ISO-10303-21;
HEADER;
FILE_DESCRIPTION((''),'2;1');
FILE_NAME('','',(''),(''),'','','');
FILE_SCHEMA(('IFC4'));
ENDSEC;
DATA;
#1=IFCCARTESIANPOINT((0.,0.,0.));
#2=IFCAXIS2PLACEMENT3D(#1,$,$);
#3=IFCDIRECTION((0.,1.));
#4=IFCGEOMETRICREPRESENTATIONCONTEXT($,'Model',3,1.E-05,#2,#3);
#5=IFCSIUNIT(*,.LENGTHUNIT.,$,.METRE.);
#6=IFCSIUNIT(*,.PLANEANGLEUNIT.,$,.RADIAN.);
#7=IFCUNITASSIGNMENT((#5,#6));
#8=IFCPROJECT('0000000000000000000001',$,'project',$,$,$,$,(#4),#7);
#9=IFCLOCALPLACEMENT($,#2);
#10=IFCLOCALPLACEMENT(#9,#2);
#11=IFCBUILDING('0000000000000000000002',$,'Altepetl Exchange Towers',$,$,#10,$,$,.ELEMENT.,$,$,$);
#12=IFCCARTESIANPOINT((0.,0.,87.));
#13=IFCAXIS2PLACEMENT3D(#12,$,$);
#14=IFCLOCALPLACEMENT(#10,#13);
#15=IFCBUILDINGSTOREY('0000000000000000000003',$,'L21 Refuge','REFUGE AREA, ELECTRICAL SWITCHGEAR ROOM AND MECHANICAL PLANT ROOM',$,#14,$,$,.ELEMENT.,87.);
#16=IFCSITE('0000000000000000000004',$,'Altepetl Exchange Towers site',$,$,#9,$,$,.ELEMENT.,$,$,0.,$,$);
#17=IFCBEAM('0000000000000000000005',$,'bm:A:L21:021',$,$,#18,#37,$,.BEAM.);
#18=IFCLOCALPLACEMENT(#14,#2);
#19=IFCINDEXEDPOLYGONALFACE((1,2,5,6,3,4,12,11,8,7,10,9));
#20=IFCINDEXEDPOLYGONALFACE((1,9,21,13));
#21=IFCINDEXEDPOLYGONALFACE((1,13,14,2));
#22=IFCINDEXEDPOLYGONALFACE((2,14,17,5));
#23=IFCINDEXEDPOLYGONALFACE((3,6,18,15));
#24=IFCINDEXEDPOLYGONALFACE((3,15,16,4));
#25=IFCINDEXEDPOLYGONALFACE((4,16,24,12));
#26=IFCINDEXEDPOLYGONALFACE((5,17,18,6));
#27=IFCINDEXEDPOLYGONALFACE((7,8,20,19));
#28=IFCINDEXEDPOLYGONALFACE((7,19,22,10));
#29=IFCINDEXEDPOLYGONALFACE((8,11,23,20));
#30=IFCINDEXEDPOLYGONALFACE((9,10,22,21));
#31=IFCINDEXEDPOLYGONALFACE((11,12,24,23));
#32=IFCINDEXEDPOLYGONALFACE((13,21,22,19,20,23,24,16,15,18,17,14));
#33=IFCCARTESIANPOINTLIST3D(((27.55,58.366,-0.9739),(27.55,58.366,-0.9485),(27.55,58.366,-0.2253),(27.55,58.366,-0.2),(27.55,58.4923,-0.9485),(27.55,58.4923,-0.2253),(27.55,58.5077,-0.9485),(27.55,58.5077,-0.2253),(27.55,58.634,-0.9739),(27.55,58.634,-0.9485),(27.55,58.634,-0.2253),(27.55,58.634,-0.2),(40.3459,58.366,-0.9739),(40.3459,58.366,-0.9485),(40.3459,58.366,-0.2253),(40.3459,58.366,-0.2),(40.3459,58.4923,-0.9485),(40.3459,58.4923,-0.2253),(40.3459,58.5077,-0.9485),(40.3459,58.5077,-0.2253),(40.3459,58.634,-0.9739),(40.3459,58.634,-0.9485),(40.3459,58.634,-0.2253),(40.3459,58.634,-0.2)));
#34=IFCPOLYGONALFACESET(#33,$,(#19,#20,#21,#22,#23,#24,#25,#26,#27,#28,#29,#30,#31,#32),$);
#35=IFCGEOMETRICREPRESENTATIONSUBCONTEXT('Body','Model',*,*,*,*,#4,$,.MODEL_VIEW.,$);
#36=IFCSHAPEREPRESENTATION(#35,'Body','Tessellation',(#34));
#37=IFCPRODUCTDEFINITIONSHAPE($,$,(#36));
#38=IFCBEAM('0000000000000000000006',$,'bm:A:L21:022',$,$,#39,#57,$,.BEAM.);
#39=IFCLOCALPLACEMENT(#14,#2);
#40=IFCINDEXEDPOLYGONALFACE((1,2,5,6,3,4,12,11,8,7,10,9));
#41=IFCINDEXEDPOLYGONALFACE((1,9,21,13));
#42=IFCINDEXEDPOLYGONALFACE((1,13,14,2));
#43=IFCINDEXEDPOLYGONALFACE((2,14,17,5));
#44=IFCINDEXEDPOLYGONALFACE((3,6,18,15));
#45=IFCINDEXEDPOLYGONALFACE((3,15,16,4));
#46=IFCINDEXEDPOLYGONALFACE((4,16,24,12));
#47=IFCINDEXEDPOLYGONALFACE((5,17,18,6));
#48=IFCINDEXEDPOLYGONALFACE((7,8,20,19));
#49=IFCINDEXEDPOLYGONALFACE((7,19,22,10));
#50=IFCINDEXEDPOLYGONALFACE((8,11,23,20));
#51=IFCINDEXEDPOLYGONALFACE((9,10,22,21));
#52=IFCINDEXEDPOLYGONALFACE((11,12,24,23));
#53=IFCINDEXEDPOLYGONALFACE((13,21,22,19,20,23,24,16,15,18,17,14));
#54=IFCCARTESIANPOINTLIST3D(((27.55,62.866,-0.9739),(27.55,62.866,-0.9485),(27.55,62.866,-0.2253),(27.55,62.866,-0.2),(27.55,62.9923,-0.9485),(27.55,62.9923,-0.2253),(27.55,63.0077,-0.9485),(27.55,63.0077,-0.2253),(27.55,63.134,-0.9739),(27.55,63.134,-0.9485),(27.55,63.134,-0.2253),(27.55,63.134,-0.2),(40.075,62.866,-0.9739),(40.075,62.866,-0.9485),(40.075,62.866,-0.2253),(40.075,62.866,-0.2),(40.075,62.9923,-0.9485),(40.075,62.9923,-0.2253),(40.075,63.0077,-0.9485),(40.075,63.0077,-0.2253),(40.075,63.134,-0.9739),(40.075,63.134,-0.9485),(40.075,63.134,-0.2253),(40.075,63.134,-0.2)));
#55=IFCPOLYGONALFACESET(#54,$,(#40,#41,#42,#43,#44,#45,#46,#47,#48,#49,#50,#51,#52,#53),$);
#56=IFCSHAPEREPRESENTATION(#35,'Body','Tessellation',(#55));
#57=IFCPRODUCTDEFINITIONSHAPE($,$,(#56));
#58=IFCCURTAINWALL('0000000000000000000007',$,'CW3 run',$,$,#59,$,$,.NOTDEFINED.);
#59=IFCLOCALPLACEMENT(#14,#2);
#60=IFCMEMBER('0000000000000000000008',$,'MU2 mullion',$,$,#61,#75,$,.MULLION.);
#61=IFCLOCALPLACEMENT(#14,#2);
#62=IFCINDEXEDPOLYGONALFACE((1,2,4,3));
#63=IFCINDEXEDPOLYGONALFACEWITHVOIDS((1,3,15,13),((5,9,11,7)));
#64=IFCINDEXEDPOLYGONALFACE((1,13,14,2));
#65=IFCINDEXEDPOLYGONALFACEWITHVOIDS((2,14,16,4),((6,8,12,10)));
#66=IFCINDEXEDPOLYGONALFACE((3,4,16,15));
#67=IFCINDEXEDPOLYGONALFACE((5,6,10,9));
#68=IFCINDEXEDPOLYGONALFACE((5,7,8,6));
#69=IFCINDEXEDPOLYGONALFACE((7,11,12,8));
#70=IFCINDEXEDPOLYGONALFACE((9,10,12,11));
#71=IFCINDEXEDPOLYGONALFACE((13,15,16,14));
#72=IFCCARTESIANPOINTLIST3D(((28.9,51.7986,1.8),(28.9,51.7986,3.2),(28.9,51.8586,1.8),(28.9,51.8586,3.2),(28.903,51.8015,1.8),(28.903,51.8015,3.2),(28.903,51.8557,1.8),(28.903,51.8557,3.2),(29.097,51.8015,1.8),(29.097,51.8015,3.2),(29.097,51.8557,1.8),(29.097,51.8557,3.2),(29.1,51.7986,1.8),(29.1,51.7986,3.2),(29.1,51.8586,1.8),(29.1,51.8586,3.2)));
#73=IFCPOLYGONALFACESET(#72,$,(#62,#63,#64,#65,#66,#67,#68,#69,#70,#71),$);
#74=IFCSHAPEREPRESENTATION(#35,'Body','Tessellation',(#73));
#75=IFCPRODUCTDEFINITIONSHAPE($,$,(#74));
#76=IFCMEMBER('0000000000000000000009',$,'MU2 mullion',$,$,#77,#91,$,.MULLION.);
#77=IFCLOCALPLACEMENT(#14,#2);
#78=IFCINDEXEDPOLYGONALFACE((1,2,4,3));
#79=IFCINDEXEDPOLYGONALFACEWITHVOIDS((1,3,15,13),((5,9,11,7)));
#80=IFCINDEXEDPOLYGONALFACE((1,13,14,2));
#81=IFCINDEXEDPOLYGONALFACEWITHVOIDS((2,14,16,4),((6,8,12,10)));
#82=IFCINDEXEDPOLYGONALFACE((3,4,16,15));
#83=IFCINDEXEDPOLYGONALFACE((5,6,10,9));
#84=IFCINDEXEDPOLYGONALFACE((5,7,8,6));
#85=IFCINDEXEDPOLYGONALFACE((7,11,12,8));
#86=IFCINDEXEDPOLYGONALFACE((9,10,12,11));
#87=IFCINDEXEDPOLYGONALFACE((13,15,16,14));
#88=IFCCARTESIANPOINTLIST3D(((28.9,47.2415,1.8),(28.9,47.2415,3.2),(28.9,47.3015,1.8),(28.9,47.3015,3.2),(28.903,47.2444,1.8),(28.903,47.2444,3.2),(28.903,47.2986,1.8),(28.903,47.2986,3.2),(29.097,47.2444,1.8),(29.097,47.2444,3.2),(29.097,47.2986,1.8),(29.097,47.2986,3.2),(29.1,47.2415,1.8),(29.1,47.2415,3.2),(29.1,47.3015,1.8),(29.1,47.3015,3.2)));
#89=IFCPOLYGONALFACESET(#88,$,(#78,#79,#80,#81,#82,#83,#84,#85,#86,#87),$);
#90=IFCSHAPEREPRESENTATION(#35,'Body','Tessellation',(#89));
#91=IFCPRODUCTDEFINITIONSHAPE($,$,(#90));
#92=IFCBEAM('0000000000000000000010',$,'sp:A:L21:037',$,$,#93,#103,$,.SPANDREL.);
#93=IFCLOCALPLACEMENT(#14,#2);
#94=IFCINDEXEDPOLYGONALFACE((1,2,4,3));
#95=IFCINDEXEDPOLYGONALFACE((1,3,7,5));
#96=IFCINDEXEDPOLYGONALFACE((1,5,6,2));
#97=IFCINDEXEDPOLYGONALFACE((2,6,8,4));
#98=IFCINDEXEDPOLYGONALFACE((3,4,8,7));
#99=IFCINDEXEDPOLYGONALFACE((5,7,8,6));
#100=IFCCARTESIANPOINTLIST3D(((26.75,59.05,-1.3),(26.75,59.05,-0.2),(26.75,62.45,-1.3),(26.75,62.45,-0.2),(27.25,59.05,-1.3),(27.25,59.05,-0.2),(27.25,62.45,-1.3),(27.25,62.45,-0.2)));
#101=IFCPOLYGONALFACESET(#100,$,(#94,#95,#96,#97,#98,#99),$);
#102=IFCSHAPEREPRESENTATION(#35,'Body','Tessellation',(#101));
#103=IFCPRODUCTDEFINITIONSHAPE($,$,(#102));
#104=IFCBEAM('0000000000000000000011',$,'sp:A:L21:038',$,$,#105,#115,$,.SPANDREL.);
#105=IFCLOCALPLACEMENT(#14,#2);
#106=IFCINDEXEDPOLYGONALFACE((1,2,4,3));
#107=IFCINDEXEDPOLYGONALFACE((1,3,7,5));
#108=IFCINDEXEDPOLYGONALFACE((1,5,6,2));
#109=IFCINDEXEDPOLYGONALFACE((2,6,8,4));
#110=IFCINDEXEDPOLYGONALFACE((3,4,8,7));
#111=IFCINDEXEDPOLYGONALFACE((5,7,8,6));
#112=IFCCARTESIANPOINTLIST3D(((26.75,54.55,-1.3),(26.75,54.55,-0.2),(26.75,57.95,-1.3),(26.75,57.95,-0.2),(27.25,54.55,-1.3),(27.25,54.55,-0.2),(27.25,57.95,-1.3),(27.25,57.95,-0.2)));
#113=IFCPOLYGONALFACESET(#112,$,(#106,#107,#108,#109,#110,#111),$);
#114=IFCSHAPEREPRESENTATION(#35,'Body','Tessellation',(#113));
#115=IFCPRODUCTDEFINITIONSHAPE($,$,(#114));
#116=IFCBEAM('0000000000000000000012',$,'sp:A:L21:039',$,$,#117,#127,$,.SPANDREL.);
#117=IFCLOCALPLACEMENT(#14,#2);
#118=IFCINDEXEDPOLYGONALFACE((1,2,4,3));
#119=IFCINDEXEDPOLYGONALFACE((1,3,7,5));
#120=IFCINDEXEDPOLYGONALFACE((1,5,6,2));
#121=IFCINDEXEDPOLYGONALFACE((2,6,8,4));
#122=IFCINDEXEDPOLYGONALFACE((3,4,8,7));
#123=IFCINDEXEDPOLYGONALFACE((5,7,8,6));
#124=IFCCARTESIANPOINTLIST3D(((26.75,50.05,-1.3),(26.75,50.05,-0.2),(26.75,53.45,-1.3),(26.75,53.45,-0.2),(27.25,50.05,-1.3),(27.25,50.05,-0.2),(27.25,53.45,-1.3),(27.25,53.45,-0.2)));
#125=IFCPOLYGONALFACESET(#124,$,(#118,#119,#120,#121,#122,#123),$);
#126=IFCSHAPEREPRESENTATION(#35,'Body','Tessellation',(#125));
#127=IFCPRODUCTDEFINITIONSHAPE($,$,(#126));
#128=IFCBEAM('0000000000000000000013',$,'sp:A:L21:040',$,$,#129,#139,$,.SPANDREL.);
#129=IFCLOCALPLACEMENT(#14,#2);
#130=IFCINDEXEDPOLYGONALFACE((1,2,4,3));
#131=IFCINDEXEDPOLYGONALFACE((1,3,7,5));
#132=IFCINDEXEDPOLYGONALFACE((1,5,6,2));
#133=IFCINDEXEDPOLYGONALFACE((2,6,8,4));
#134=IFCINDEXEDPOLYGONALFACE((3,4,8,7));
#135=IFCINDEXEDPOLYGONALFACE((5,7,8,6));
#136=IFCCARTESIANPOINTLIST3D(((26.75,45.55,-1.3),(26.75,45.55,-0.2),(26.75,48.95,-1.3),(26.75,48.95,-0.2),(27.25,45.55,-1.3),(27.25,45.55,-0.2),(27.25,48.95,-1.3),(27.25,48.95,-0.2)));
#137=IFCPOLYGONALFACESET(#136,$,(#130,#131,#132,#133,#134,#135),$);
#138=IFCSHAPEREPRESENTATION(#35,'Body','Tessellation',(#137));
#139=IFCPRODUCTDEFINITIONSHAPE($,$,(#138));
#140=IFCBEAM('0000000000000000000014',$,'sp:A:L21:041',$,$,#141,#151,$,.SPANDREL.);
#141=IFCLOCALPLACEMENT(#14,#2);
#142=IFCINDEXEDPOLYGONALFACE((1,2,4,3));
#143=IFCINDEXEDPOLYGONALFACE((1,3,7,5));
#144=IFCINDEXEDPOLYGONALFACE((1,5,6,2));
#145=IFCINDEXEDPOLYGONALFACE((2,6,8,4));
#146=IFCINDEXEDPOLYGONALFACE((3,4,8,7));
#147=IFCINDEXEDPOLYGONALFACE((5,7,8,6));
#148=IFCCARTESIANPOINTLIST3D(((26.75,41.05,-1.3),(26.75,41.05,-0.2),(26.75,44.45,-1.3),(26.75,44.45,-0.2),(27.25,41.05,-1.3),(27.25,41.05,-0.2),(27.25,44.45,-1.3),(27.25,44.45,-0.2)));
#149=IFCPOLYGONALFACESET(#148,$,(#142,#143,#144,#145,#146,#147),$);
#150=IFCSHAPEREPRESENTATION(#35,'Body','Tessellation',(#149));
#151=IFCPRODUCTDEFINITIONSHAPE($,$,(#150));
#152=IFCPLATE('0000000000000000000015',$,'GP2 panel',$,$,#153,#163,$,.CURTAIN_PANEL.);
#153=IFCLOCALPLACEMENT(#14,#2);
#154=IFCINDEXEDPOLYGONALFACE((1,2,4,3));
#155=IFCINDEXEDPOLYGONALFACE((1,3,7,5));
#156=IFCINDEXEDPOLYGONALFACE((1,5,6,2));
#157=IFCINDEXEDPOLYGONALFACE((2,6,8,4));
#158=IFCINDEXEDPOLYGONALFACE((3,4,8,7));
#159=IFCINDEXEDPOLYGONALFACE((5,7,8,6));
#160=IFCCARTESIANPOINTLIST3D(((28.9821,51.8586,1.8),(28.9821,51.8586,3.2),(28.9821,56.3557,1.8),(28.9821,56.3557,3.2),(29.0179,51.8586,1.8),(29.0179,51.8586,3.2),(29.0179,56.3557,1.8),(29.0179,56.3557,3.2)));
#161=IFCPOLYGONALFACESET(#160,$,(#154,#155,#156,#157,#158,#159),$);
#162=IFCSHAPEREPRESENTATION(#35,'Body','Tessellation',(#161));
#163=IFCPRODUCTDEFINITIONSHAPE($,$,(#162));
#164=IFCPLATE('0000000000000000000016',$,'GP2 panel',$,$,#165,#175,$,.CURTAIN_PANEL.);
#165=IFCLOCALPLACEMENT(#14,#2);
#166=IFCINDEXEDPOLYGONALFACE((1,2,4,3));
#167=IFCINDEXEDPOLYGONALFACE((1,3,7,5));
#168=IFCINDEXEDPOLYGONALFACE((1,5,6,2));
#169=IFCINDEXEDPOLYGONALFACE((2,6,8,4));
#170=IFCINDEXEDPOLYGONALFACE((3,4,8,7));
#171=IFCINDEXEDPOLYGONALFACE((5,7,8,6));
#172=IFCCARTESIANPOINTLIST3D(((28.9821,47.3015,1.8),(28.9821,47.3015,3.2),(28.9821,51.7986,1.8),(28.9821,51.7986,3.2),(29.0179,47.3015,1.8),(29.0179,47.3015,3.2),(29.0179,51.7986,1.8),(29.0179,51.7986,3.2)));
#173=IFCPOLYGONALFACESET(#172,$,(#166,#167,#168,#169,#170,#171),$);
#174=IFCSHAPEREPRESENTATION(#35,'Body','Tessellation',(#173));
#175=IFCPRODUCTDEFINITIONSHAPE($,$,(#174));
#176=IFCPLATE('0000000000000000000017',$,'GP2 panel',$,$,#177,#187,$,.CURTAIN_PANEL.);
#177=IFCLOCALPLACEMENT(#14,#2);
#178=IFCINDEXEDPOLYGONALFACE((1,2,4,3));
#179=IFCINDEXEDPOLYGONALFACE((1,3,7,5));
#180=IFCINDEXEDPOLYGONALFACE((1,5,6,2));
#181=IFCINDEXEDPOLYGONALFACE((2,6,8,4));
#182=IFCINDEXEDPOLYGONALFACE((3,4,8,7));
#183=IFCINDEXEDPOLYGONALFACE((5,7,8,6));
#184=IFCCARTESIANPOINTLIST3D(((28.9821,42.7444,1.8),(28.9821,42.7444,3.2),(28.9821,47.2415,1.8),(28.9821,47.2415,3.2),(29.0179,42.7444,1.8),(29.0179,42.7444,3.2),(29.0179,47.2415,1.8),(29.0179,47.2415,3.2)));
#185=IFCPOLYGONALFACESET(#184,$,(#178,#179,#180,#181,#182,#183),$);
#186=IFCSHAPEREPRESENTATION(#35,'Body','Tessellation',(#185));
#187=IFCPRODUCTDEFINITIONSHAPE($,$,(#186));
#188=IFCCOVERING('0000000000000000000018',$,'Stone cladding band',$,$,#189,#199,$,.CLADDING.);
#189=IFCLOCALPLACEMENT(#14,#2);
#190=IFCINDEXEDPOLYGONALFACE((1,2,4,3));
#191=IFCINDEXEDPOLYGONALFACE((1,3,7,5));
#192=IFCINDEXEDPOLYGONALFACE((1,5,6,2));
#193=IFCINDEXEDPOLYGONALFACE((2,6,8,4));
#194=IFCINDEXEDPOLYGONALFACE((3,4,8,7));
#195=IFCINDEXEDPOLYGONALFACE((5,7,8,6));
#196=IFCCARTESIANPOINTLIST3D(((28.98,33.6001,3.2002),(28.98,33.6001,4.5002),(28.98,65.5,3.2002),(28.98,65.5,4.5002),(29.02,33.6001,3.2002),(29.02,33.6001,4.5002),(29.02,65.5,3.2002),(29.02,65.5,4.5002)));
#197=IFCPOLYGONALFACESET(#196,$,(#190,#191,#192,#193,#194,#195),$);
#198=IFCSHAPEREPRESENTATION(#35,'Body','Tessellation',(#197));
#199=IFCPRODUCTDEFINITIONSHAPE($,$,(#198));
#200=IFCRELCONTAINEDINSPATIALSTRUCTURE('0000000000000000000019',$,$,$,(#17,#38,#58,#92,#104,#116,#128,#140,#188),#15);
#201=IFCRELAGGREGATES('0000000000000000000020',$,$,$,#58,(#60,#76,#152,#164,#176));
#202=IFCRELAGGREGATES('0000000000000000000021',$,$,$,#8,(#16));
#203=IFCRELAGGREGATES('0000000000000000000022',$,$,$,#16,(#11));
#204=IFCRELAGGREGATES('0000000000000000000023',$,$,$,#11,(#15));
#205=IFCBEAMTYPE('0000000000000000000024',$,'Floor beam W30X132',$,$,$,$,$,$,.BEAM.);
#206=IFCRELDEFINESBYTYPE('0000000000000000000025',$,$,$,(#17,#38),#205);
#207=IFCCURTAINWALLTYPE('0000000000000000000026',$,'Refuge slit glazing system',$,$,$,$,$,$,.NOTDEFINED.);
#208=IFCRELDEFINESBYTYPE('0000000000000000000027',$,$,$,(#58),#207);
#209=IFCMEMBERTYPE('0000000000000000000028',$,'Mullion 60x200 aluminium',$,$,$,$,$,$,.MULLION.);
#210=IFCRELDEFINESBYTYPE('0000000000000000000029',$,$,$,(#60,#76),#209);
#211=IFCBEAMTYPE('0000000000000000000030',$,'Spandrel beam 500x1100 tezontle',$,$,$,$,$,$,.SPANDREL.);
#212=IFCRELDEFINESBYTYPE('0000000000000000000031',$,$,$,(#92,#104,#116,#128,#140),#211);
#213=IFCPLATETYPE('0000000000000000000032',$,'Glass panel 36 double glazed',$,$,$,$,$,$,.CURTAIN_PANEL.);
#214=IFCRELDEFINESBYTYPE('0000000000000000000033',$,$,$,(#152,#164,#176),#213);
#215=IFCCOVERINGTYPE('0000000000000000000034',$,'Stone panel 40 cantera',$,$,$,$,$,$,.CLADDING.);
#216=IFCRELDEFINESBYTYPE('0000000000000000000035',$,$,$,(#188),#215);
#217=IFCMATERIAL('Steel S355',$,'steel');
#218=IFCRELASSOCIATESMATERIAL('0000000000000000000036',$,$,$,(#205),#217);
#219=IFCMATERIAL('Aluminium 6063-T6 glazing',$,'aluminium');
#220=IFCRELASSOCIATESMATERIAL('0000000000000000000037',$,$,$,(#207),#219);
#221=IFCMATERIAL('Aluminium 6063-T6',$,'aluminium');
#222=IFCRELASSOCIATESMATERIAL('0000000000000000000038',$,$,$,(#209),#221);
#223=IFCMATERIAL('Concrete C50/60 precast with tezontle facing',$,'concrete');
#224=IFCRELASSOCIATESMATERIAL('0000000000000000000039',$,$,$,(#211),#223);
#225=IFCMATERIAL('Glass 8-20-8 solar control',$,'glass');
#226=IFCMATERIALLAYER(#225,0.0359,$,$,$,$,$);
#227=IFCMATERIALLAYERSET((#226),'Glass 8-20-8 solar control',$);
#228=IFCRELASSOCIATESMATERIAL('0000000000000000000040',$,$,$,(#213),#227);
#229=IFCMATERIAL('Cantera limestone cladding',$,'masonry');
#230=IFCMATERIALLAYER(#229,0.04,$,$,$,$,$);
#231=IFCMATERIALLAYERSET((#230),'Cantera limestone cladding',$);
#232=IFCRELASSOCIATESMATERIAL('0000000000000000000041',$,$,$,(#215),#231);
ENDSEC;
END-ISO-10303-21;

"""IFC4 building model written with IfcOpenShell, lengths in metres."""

from ifc_helpers import new_model, si_unit, direction, frame, origin, origin_2d, place, context, subcontext, project, spatial, rectangle, hollow_rectangle, i_section, extrude, material, layer, layer_set, material_profile, profile_set, type_object, element, aggregate, save


model = new_model("IFC4")

# Units and contexts
model_context = context("Model", 3, precision=1e-05, world=origin(), true_north=direction((0.0, 1.0)))
body_context = subcontext(model_context, "Body", "Model", "MODEL_VIEW")
ifc_project = project(units=[si_unit("LENGTHUNIT", "METRE"), si_unit("PLANEANGLEUNIT", "RADIAN")], contexts=[model_context])

# Site, building, storey
site_placement = place(None, origin())
site = spatial("IfcSite", under=ifc_project, at=site_placement, Name="Altepetl Exchange Towers site", CompositionType="ELEMENT", RefElevation=0.0)
building_placement = place(site_placement, origin())
building = spatial("IfcBuilding", under=site, at=building_placement, Name="Altepetl Exchange Towers", CompositionType="ELEMENT")
storey_placement = place(building_placement, frame((0.0, 0.0, 87.0)))
storey = spatial("IfcBuildingStorey", under=building, at=storey_placement, Name="L21 Refuge", Description="REFUGE AREA, ELECTRICAL SWITCHGEAR ROOM AND MECHANICAL PLANT ROOM", CompositionType="ELEMENT", Elevation=87.0)

# Shared definitions
ifc_material_1 = material(Name="Steel S355", Category="steel")

# Beams
ifc_material_profile_1 = material_profile(ifc_material_1, i_section(OverallWidth=0.2681, OverallDepth=0.7739, WebThickness=0.0154, FlangeThickness=0.0254, at=origin_2d()), Name="W30X132")
ifc_profile_set_1 = profile_set([ifc_material_profile_1], Name="Steel S355")
beam_type_1 = type_object("IfcBeamType", Name="Floor beam W30X132", PredefinedType="BEAM", material=ifc_profile_set_1)
beam_1_placement = place(storey_placement, frame((27.55, 58.5, -0.5869), z_axis=(1.0, 0.0, 0.0), x_axis=(0.0, 1.0, 0.0)))
element("IfcBeam", 1, at=beam_1_placement, inside=storey, type_object=beam_type_1, Name="bm:A:L21:021", PredefinedType="BEAM", context=body_context, shape_type="SweptSolid", body=[
    extrude(i_section(OverallWidth=0.2681, OverallDepth=0.7739, WebThickness=0.0154, FlangeThickness=0.0254, at=origin_2d()), origin(), (0.0, 0.0, 1.0), 12.7959),
])
beam_2_placement = place(storey_placement, frame((27.55, 63.0, -0.5869), z_axis=(1.0, 0.0, 0.0), x_axis=(0.0, 1.0, 0.0)))
element("IfcBeam", 2, at=beam_2_placement, inside=storey, type_object=beam_type_1, Name="bm:A:L21:022", PredefinedType="BEAM", context=body_context, shape_type="SweptSolid", body=[
    extrude(i_section(OverallWidth=0.2681, OverallDepth=0.7739, WebThickness=0.0154, FlangeThickness=0.0254, at=origin_2d()), origin(), (0.0, 0.0, 1.0), 12.5249),
])

# Curtain wall, members
ifc_material_2 = material(Name="Aluminium 6063-T6 glazing", Category="aluminium")
curtain_wall_type = type_object("IfcCurtainWallType", Name="Refuge slit glazing system", PredefinedType="NOTDEFINED", material=ifc_material_2)
curtain_wall_placement = place(storey_placement, origin())
curtain_wall = element("IfcCurtainWall", 3, at=curtain_wall_placement, inside=storey, type_object=curtain_wall_type, Name="CW3 run", PredefinedType="NOTDEFINED")
ifc_material_3 = material(Name="Aluminium 6063-T6", Category="aluminium")
ifc_material_profile_2 = material_profile(ifc_material_3, hollow_rectangle(XDim=0.0601, YDim=0.2, WallThickness=0.0029, at=origin_2d()), Name="Mullion 60x200 aluminium")
ifc_profile_set_2 = profile_set([ifc_material_profile_2], Name="Aluminium 6063-T6")
member_type_1 = type_object("IfcMemberType", Name="Mullion 60x200 aluminium", PredefinedType="MULLION", material=ifc_profile_set_2)
member_1_placement = place(storey_placement, frame((29.0, 51.8286, 1.8), z_axis=(0.0, 0.0, 1.0), x_axis=(0.0, -1.0, 0.0)))
member_1 = element("IfcMember", 4, at=member_1_placement, type_object=member_type_1, Name="MU2 mullion", PredefinedType="MULLION", context=body_context, shape_type="SweptSolid", body=[
    extrude(hollow_rectangle(XDim=0.0601, YDim=0.2, WallThickness=0.0029, at=origin_2d()), origin(), (0.0, 0.0, 1.0), 1.3999),
])
member_2_placement = place(storey_placement, frame((29.0, 47.2715, 1.8), z_axis=(0.0, 0.0, 1.0), x_axis=(0.0, -1.0, 0.0)))
member_2 = element("IfcMember", 5, at=member_2_placement, type_object=member_type_1, Name="MU2 mullion", PredefinedType="MULLION", context=body_context, shape_type="SweptSolid", body=[
    extrude(hollow_rectangle(XDim=0.0601, YDim=0.2, WallThickness=0.0029, at=origin_2d()), origin(), (0.0, 0.0, 1.0), 1.3999),
])

# Beams
ifc_material_4 = material(Name="Concrete C50/60 precast with tezontle facing", Category="concrete")
ifc_material_profile_3 = material_profile(ifc_material_4, rectangle(XDim=0.5, YDim=1.1001, at=origin_2d()), Name="500 x 1100")
ifc_profile_set_3 = profile_set([ifc_material_profile_3], Name="Concrete C50/60 precast with tezontle facing")
beam_type_2 = type_object("IfcBeamType", Name="Spandrel beam 500x1100 tezontle", PredefinedType="SPANDREL", material=ifc_profile_set_3)
for number, where, z_axis, x_axis, name in (
    (6, (27.0, 62.45, -0.75), (0.0, -1.0, 0.0), (1.0, 0.0, 0.0), "sp:A:L21:037"),
    (7, (27.0, 57.95, -0.75), (0.0, -1.0, 0.0), (1.0, 0.0, 0.0), "sp:A:L21:038"),
    (8, (27.0, 53.45, -0.75), (0.0, -1.0, 0.0), (1.0, 0.0, 0.0), "sp:A:L21:039"),
    (9, (27.0, 48.95, -0.75), (0.0, -1.0, 0.0), (1.0, 0.0, 0.0), "sp:A:L21:040"),
    (10, (27.0, 44.45, -0.75), (0.0, -1.0, 0.0), (1.0, 0.0, 0.0), "sp:A:L21:041"),
):
    element("IfcBeam", number, at=place(storey_placement, frame(where, z_axis=z_axis, x_axis=x_axis)), inside=storey, type_object=beam_type_2, Name=name, PredefinedType="SPANDREL", context=body_context, shape_type="SweptSolid", body=[
        extrude(rectangle(XDim=0.5, YDim=1.1001, at=origin_2d()), origin(), (0.0, 0.0, 1.0), 3.3999),
    ])

# Plates
ifc_material_5 = material(Name="Glass 8-20-8 solar control", Category="glass")
ifc_layer_1 = layer(ifc_material_5, 0.0359)
ifc_layer_set_1 = layer_set([ifc_layer_1], Name="Glass 8-20-8 solar control")
plate_type = type_object("IfcPlateType", Name="Glass panel 36 double glazed", PredefinedType="CURTAIN_PANEL", material=ifc_layer_set_1)
plate_1_placement = place(storey_placement, frame((29.0, 54.1072, 1.8), z_axis=(0.0, 0.0, 1.0), x_axis=(0.0, -1.0, 0.0)))
plate_1 = element("IfcPlate", 11, at=plate_1_placement, type_object=plate_type, Name="GP2 panel", PredefinedType="CURTAIN_PANEL", context=body_context, shape_type="SweptSolid", body=[
    extrude(rectangle(XDim=4.4971, YDim=0.0359, at=origin_2d()), origin(), (0.0, 0.0, 1.0), 1.3999),
])
plate_2_placement = place(storey_placement, frame((29.0, 49.55, 1.8), z_axis=(0.0, 0.0, 1.0), x_axis=(0.0, -1.0, 0.0)))
plate_2 = element("IfcPlate", 12, at=plate_2_placement, type_object=plate_type, Name="GP2 panel", PredefinedType="CURTAIN_PANEL", context=body_context, shape_type="SweptSolid", body=[
    extrude(rectangle(XDim=4.4971, YDim=0.0359, at=origin_2d()), origin(), (0.0, 0.0, 1.0), 1.3999),
])
plate_3_placement = place(storey_placement, frame((29.0, 44.9929, 1.8), z_axis=(0.0, 0.0, 1.0), x_axis=(0.0, -1.0, 0.0)))
plate_3 = element("IfcPlate", 13, at=plate_3_placement, type_object=plate_type, Name="GP2 panel", PredefinedType="CURTAIN_PANEL", context=body_context, shape_type="SweptSolid", body=[
    extrude(rectangle(XDim=4.4971, YDim=0.0359, at=origin_2d()), origin(), (0.0, 0.0, 1.0), 1.3999),
])
aggregate(curtain_wall, [member_1, member_2, plate_1, plate_2, plate_3])

# Covering
ifc_material_6 = material(Name="Cantera limestone cladding", Category="masonry")
ifc_layer_2 = layer(ifc_material_6, 0.04)
ifc_layer_set_2 = layer_set([ifc_layer_2], Name="Cantera limestone cladding")
covering_type = type_object("IfcCoveringType", Name="Stone panel 40 cantera", PredefinedType="CLADDING", material=ifc_layer_set_2)
covering_placement = place(storey_placement, frame((29.0, 49.55, 3.2002), z_axis=(0.0, 0.0, 1.0), x_axis=(0.0, -1.0, 0.0)))
element("IfcCovering", 14, at=covering_placement, inside=storey, type_object=covering_type, Name="Stone cladding band", PredefinedType="CLADDING", context=body_context, shape_type="SweptSolid", body=[
    extrude(rectangle(XDim=31.8999, YDim=0.04, at=origin_2d()), origin(), (0.0, 0.0, 1.0), 1.3),
])

save(model, "model.ifc")
